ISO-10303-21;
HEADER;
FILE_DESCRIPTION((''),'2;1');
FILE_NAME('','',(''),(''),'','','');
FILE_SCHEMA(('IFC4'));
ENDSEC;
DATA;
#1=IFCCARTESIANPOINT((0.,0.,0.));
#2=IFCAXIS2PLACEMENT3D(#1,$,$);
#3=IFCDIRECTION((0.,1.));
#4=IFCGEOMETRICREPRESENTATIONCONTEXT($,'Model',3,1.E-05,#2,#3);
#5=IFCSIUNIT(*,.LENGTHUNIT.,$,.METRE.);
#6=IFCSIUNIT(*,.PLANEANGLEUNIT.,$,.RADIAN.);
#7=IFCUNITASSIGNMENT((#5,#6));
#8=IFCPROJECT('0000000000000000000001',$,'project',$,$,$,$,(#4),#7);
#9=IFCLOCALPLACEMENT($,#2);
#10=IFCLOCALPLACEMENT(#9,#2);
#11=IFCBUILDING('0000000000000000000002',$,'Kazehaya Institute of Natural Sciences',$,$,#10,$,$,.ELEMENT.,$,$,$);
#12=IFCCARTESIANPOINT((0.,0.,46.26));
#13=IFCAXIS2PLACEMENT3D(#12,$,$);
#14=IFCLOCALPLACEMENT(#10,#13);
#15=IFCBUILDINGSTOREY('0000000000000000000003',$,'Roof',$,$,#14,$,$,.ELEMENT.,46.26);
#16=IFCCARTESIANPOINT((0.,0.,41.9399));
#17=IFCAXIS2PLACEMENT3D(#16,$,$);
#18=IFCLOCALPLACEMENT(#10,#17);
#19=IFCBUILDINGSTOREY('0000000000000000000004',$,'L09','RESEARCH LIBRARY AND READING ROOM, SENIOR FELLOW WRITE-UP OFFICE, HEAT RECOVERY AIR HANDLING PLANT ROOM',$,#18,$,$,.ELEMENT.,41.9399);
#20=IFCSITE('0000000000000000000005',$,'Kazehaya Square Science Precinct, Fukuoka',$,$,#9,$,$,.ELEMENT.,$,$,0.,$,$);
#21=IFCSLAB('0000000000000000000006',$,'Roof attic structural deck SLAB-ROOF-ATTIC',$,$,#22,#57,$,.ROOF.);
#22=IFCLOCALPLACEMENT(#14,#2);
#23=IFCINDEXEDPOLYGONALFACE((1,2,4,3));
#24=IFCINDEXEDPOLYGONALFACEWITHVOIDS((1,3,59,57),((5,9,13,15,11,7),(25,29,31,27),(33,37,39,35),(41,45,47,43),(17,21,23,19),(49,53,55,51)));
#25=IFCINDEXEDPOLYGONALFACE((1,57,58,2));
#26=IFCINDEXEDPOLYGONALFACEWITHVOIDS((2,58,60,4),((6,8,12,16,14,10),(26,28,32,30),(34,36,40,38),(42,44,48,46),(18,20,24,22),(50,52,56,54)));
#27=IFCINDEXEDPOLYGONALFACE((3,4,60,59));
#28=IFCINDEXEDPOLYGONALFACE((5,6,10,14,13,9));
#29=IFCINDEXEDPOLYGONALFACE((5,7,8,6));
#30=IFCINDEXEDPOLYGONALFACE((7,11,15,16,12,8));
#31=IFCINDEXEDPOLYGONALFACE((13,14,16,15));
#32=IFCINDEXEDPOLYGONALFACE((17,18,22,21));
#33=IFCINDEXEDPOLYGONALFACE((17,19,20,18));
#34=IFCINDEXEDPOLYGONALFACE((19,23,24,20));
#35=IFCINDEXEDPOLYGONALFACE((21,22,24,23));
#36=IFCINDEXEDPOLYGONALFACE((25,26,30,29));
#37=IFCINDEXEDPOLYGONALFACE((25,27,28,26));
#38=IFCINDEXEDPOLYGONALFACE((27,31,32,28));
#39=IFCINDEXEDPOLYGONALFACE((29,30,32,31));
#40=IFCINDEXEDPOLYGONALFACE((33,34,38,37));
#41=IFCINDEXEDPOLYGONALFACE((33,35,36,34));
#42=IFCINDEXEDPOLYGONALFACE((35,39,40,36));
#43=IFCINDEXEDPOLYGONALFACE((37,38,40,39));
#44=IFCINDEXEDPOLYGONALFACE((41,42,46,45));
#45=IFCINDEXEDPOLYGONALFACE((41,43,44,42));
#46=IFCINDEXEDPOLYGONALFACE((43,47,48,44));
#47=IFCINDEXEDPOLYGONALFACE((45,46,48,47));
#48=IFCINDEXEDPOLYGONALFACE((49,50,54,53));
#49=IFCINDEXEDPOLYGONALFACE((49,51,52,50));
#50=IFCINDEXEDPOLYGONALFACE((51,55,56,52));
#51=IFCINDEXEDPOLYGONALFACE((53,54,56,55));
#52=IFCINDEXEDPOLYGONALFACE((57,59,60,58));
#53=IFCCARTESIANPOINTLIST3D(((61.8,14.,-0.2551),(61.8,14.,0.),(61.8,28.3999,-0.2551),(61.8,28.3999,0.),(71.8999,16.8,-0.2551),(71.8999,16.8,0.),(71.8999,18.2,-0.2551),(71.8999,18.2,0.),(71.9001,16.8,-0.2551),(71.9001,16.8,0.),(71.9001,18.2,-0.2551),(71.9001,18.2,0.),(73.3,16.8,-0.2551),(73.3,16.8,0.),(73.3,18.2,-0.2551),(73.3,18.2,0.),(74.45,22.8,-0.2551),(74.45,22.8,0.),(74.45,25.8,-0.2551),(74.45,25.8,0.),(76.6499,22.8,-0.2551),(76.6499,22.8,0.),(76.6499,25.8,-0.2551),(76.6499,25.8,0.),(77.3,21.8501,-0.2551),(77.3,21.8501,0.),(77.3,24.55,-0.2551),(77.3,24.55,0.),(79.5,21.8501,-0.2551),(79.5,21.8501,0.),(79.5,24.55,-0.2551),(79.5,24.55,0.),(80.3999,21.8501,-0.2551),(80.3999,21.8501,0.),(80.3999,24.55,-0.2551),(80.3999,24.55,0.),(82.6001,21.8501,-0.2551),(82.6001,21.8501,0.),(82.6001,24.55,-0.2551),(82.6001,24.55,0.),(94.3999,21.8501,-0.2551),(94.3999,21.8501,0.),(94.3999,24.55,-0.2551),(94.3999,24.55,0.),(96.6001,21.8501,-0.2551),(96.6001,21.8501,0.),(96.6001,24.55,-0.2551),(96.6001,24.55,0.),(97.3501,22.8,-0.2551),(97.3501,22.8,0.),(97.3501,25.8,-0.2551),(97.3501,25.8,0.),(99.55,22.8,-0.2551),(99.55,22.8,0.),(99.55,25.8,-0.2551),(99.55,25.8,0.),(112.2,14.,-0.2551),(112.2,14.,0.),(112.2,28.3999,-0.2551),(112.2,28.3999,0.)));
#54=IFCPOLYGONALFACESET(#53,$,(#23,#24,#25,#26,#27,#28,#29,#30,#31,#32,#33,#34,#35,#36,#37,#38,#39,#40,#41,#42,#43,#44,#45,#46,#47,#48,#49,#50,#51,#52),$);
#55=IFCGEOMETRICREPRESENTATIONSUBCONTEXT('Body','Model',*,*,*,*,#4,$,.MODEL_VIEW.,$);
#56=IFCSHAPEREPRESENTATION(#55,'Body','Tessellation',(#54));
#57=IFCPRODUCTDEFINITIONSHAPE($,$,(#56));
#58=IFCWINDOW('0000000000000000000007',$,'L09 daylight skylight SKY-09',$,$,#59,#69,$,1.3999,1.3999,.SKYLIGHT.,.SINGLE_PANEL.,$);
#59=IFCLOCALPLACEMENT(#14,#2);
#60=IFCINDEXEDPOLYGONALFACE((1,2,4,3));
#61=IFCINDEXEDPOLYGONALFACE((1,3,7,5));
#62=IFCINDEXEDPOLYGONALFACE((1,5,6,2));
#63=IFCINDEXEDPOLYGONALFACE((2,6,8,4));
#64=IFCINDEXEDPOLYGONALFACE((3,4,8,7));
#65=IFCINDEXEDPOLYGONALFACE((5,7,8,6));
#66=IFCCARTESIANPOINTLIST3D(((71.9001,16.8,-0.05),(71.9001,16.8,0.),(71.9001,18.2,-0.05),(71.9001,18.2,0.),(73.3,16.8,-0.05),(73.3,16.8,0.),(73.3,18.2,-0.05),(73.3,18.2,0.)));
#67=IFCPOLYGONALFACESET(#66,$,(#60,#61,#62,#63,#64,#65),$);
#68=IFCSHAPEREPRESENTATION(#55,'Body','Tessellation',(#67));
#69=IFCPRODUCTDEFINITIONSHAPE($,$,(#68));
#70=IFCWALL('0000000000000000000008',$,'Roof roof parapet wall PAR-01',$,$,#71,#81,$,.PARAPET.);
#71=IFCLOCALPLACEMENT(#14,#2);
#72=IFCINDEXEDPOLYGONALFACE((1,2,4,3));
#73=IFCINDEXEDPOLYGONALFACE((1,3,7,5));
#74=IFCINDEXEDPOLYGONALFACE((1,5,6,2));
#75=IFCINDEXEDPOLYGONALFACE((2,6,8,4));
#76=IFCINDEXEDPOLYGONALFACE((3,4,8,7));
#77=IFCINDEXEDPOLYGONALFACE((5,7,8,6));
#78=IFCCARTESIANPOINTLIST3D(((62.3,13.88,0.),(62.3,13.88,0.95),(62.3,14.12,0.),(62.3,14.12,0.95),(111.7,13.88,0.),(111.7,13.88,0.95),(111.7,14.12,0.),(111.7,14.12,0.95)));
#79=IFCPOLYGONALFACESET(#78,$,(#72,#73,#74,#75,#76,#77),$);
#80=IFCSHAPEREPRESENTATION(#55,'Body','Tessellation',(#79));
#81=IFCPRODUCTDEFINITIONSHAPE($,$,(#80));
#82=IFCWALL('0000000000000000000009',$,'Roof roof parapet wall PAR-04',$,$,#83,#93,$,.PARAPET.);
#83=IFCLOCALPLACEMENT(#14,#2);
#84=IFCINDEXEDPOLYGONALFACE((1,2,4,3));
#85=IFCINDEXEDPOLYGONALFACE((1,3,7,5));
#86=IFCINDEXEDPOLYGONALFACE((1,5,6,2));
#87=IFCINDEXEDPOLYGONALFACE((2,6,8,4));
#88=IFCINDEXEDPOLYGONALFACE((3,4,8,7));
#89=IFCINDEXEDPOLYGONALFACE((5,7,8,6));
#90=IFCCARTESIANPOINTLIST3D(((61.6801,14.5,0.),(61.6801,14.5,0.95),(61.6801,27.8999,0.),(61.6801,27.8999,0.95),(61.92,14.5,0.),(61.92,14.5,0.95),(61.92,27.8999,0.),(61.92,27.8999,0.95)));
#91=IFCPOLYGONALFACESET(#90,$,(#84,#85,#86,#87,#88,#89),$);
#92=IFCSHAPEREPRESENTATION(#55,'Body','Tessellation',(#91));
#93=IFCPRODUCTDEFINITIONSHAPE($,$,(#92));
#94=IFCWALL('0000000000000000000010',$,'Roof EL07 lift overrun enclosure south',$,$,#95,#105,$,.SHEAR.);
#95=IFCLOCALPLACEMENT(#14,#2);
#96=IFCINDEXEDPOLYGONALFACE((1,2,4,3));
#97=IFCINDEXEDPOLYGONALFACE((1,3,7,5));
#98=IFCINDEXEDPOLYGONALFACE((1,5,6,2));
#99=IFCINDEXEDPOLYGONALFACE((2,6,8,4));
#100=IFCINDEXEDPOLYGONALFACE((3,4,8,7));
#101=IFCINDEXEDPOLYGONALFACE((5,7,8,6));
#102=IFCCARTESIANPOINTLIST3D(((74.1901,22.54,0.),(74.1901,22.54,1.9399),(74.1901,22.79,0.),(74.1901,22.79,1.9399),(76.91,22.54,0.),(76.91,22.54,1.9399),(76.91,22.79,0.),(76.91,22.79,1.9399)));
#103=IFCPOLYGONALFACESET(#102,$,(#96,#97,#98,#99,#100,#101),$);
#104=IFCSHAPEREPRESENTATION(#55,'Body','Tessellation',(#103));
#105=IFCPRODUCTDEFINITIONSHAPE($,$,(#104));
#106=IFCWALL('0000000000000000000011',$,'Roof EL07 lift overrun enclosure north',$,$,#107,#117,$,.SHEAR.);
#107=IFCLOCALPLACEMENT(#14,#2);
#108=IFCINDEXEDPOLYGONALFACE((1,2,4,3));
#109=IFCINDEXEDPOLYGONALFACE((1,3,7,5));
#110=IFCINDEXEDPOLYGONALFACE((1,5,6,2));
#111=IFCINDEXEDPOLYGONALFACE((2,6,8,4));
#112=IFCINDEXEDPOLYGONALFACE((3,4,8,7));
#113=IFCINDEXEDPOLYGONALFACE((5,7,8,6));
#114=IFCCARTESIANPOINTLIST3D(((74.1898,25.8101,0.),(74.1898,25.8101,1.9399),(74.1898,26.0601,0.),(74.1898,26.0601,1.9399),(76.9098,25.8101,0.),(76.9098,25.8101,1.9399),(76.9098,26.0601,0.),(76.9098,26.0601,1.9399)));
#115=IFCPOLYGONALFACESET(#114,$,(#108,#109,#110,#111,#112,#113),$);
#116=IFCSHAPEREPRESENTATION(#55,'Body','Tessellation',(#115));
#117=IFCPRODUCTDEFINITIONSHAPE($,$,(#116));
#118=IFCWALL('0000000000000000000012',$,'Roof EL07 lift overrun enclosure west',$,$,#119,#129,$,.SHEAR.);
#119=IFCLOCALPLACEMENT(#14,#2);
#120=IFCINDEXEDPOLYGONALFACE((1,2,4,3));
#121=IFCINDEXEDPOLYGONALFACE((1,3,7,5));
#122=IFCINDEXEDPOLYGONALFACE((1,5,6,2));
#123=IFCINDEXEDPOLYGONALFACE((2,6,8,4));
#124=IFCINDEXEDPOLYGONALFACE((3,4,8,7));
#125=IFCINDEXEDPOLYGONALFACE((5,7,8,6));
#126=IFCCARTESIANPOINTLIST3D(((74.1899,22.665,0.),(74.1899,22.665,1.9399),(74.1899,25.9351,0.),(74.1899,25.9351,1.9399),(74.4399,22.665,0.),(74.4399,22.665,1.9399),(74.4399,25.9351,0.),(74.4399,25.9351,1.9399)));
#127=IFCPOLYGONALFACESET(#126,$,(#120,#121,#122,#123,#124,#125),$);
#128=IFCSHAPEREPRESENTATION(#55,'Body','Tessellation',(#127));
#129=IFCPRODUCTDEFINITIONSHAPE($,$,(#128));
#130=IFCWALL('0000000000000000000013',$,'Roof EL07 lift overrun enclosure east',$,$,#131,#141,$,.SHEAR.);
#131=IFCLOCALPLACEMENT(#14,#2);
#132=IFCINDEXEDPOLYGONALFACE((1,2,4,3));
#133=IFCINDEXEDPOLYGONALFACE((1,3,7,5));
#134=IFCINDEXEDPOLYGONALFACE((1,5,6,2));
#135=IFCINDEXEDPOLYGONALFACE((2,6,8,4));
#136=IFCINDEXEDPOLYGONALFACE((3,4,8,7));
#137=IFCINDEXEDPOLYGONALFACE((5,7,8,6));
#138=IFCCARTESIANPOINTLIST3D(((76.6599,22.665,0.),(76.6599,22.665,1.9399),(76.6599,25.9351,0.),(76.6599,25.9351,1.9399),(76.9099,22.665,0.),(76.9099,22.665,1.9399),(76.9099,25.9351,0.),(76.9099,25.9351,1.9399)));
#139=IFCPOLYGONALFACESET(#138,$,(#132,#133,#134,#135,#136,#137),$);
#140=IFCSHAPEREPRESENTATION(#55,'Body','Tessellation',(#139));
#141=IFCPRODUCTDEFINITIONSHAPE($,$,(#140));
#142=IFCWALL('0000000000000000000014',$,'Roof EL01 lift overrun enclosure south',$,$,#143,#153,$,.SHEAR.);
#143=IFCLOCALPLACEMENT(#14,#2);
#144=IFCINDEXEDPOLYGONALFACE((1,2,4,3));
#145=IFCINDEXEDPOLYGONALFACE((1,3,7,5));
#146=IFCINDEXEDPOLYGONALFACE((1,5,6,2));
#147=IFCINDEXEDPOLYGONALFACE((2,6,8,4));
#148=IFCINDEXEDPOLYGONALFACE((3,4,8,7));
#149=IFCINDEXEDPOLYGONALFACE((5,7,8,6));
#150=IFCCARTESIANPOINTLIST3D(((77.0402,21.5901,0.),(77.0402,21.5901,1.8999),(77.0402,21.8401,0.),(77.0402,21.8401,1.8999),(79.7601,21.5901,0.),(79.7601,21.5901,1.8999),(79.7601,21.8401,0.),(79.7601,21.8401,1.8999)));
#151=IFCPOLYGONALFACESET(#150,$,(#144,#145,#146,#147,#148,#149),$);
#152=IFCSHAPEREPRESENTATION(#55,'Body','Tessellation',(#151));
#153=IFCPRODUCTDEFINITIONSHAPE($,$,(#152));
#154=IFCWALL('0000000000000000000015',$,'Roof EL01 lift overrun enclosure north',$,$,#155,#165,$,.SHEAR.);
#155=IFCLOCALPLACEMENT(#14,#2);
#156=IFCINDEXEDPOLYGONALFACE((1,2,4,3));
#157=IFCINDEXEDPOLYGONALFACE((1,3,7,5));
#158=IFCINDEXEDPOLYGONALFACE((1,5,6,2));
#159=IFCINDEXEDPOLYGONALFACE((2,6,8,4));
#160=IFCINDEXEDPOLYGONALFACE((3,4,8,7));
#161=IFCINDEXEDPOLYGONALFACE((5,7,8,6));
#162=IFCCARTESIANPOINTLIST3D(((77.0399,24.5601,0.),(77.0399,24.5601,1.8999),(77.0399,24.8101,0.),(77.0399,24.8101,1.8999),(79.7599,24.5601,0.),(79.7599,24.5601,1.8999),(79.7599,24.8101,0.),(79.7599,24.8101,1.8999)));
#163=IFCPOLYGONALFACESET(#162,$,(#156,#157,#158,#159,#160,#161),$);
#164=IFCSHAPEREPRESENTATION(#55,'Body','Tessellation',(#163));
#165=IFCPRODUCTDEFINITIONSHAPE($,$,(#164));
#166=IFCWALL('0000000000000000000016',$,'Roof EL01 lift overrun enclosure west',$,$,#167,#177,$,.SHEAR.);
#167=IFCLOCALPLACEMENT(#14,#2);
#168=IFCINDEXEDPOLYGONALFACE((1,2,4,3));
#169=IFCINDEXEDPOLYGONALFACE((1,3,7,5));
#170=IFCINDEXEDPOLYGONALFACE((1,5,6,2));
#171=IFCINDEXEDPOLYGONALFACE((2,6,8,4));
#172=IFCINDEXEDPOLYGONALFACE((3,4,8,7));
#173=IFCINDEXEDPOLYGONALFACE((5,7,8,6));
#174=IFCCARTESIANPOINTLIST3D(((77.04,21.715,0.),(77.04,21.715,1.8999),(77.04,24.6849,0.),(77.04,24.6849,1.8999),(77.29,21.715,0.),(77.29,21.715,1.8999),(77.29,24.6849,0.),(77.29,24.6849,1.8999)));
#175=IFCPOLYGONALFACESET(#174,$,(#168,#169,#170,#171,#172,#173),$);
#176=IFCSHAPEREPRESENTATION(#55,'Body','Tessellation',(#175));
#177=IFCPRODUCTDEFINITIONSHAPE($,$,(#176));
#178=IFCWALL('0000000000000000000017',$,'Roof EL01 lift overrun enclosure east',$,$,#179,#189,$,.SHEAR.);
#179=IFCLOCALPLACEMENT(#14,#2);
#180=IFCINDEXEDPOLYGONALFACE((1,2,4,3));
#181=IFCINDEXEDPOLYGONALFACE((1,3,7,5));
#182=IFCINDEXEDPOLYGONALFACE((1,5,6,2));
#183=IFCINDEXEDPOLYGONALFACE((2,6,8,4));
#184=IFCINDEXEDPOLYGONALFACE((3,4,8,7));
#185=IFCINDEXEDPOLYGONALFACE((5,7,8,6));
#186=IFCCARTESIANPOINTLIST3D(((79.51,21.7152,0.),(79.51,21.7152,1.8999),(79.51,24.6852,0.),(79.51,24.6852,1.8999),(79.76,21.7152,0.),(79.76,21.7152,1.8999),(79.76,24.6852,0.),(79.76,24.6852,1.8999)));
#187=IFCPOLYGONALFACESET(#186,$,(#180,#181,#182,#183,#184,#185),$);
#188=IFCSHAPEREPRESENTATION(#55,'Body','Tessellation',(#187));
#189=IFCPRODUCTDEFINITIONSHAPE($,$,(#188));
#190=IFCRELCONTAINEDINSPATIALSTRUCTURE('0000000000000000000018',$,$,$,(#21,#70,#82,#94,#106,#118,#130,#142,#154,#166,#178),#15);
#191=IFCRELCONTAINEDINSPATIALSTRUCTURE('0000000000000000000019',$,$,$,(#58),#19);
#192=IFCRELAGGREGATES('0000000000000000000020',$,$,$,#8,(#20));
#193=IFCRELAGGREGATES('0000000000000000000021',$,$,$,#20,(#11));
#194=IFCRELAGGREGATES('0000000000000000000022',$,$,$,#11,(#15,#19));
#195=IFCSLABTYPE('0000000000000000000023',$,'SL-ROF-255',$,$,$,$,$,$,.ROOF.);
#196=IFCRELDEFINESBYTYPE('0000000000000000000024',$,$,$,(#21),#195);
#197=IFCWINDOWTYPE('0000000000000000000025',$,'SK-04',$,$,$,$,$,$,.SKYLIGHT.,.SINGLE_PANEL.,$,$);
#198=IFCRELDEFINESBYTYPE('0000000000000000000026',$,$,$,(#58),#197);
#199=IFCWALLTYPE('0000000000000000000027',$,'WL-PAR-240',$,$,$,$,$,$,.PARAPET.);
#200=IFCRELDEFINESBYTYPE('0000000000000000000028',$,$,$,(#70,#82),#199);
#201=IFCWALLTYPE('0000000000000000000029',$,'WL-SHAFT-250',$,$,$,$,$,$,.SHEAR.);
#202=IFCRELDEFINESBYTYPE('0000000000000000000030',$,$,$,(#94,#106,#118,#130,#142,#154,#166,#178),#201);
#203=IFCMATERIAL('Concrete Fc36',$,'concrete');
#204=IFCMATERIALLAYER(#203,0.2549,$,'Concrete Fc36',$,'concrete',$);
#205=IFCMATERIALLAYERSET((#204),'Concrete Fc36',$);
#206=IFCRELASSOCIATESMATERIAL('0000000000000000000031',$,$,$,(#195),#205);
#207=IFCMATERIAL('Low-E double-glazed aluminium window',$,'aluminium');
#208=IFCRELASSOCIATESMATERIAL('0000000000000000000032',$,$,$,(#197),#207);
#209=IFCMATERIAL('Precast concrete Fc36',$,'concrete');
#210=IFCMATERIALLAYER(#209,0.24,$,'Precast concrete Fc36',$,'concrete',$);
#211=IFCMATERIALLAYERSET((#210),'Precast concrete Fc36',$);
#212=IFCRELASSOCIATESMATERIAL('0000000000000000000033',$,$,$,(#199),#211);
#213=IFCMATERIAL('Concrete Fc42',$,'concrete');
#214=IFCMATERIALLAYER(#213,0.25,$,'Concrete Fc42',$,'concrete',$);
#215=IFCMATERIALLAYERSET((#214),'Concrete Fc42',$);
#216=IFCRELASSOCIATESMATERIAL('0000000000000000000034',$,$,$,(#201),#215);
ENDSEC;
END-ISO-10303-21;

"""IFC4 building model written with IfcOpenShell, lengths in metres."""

from ifc_helpers import new_model, si_unit, direction, frame, frame_2d, origin, origin_2d, place, context, subcontext, project, spatial, polyline, rectangle, outline, extrude, material, layer, layer_set, type_object, element, fill, save


model = new_model("IFC4")

# Units and contexts
model_context = context("Model", 3, precision=1e-05, world=origin(), true_north=direction((0.0, 1.0)))
body_context = subcontext(model_context, "Body", "Model", "MODEL_VIEW")
ifc_project = project(units=[si_unit("LENGTHUNIT", "METRE"), si_unit("PLANEANGLEUNIT", "RADIAN")], contexts=[model_context])

# Site, building, storey
site_placement = place(None, origin())
site = spatial("IfcSite", under=ifc_project, at=site_placement, Name="Kazehaya Square Science Precinct, Fukuoka", CompositionType="ELEMENT", RefElevation=0.0)
building_placement = place(site_placement, origin())
building = spatial("IfcBuilding", under=site, at=building_placement, Name="Kazehaya Institute of Natural Sciences", CompositionType="ELEMENT")
storey_1_placement = place(building_placement, frame((0.0, 0.0, 46.26)))
storey_1 = spatial("IfcBuildingStorey", under=building, at=storey_1_placement, Name="Roof", CompositionType="ELEMENT", Elevation=46.26)

# Shared definitions
ifc_material_1 = material(Name="Concrete Fc36", Category="concrete")

# Slab, opening
ifc_layer_1 = layer(ifc_material_1, 0.2549, Name="Concrete Fc36", Category="concrete")
ifc_layer_set_1 = layer_set([ifc_layer_1], Name="Concrete Fc36")
slab_type_1 = type_object("IfcSlabType", Name="SL-ROF-255", PredefinedType="ROOF", material=ifc_layer_set_1)
slab_1_placement = place(storey_1_placement, frame((0.0, 0.0, -0.2551)))
slab_1 = element("IfcSlab", 1, at=slab_1_placement, inside=storey_1, type_object=slab_type_1, Name="Roof attic structural deck SLAB-ROOF-ATTIC", PredefinedType="ROOF", context=body_context, shape_type="SweptSolid", body=[
    extrude(outline(polyline([(61.8, 14.0), (112.2, 14.0), (112.2, 28.3999), (61.8, 28.3999), (61.8, 14.0)]), holes=[polyline([(74.45, 22.8), (76.6499, 22.8), (76.6499, 25.8), (74.45, 25.8), (74.45, 22.8)]), polyline([(97.3501, 22.8), (99.55, 22.8), (99.55, 25.8), (97.3501, 25.8), (97.3501, 22.8)]), polyline([(77.3, 21.8501), (79.5, 21.8501), (79.5, 24.55), (77.3, 24.55), (77.3, 21.8501)]), polyline([(80.3999, 21.8501), (82.6001, 21.8501), (82.6001, 24.55), (80.3999, 24.55), (80.3999, 21.8501)]), polyline([(94.3999, 21.8501), (96.6001, 21.8501), (96.6001, 24.55), (94.3999, 24.55), (94.3999, 21.8501)]), polyline([(71.8999, 16.8), (73.3, 16.8), (73.3, 18.2), (71.8999, 18.2), (71.8999, 16.8)])]), origin(), (0.0, 0.0, 1.0), 0.2551),
])
opening_placement = place(slab_1_placement, frame((72.6001, 17.5, 0.0)))
opening = element("IfcOpeningElement", 2, at=opening_placement, cuts=slab_1, PredefinedType="OPENING", context=body_context, shape_type="SweptSolid", body=[
    extrude(rectangle(XDim=1.3999, YDim=1.3999, at=origin_2d()), frame((0.0, 0.0, -0.01)), (0.0, 0.0, 1.0), 0.2751),
])

# Shared definitions
storey_2_placement = place(building_placement, frame((0.0, 0.0, 41.9399)))
storey_2 = spatial("IfcBuildingStorey", under=building, at=storey_2_placement, Name="L09", Description="RESEARCH LIBRARY AND READING ROOM, SENIOR FELLOW WRITE-UP OFFICE, HEAT RECOVERY AIR HANDLING PLANT ROOM", CompositionType="ELEMENT", Elevation=41.9399)

# Window
ifc_material_2 = material(Name="Low-E double-glazed aluminium window", Category="aluminium")
window_type = type_object("IfcWindowType", Name="SK-04", PartitioningType="SINGLE_PANEL", PredefinedType="SKYLIGHT", material=ifc_material_2)
window_placement = place(opening_placement, frame((0.0, 0.0, 0.2051)))
window = element("IfcWindow", 3, at=window_placement, inside=storey_2, type_object=window_type, Name="L09 daylight skylight SKY-09", OverallHeight=1.3999, OverallWidth=1.3999, PartitioningType="SINGLE_PANEL", PredefinedType="SKYLIGHT", context=body_context, shape_type="SweptSolid", body=[
    extrude(rectangle(XDim=1.3999, YDim=1.3999, at=origin_2d()), origin(), (0.0, 0.0, 1.0), 0.05),
])
fill(opening, window)

# Walls
ifc_material_3 = material(Name="Precast concrete Fc36", Category="concrete")
ifc_layer_2 = layer(ifc_material_3, 0.24, Name="Precast concrete Fc36", Category="concrete")
ifc_layer_set_2 = layer_set([ifc_layer_2], Name="Precast concrete Fc36")
wall_type_1 = type_object("IfcWallType", Name="WL-PAR-240", PredefinedType="PARAPET", material=ifc_layer_set_2)
wall_1_placement = place(storey_1_placement, frame((62.3, 14.0, 0.0), z_axis=(0.0, 0.0, 1.0), x_axis=(1.0, 0.0, 0.0)))
element("IfcWall", 4, at=wall_1_placement, inside=storey_1, type_object=wall_type_1, Name="Roof roof parapet wall PAR-01", PredefinedType="PARAPET", context=body_context, shape_type="SweptSolid", body=[
    extrude(rectangle(XDim=49.3999, YDim=0.24, at=frame_2d((24.7, 0.0))), origin(), (0.0, 0.0, 1.0), 0.95),
])
wall_2_placement = place(storey_1_placement, frame((61.8, 27.8999, 0.0), z_axis=(0.0, 0.0, 1.0), x_axis=(0.0, -1.0, 0.0)))
element("IfcWall", 5, at=wall_2_placement, inside=storey_1, type_object=wall_type_1, Name="Roof roof parapet wall PAR-04", PredefinedType="PARAPET", context=body_context, shape_type="SweptSolid", body=[
    extrude(rectangle(XDim=13.3999, YDim=0.24, at=frame_2d((6.7, 0.0))), origin(), (0.0, 0.0, 1.0), 0.95),
])
ifc_material_4 = material(Name="Concrete Fc42", Category="concrete")
ifc_layer_3 = layer(ifc_material_4, 0.25, Name="Concrete Fc42", Category="concrete")
ifc_layer_set_3 = layer_set([ifc_layer_3], Name="Concrete Fc42")
wall_type_2 = type_object("IfcWallType", Name="WL-SHAFT-250", PredefinedType="SHEAR", material=ifc_layer_set_3)
for number, where, z_axis, x_axis, name in (
    (6, (76.9099, 22.665, 0.0), (0.0, 0.0, 1.0), (-1.0, 0.0, 0.0), "Roof EL07 lift overrun enclosure south"),
    (7, (74.1899, 25.9351, 0.0), (0.0, 0.0, 1.0), (1.0, 0.0, 0.0), "Roof EL07 lift overrun enclosure north"),
):
    element("IfcWall", number, at=place(storey_1_placement, frame(where, z_axis=z_axis, x_axis=x_axis)), inside=storey_1, type_object=wall_type_2, Name=name, PredefinedType="SHEAR", context=body_context, shape_type="SweptSolid", body=[
        extrude(rectangle(XDim=2.72, YDim=0.25, at=frame_2d((1.3599, 0.0))), origin(), (0.0, 0.0, 1.0), 1.9399),
    ])
for number, where, z_axis, x_axis, name in (
    (8, (74.3149, 22.665, 0.0), (0.0, 0.0, 1.0), (0.0, 1.0, 0.0), "Roof EL07 lift overrun enclosure west"),
    (9, (76.7849, 25.9351, 0.0), (0.0, 0.0, 1.0), (0.0, -1.0, 0.0), "Roof EL07 lift overrun enclosure east"),
):
    element("IfcWall", number, at=place(storey_1_placement, frame(where, z_axis=z_axis, x_axis=x_axis)), inside=storey_1, type_object=wall_type_2, Name=name, PredefinedType="SHEAR", context=body_context, shape_type="SweptSolid", body=[
        extrude(rectangle(XDim=3.27, YDim=0.25, at=frame_2d((1.635, 0.0))), origin(), (0.0, 0.0, 1.0), 1.9399),
    ])
for number, where, z_axis, x_axis, name in (
    (10, (79.76, 21.7151, 0.0), (0.0, 0.0, 1.0), (-1.0, 0.0, 0.0), "Roof EL01 lift overrun enclosure south"),
    (11, (77.04, 24.6851, 0.0), (0.0, 0.0, 1.0), (1.0, 0.0, 0.0), "Roof EL01 lift overrun enclosure north"),
):
    element("IfcWall", number, at=place(storey_1_placement, frame(where, z_axis=z_axis, x_axis=x_axis)), inside=storey_1, type_object=wall_type_2, Name=name, PredefinedType="SHEAR", context=body_context, shape_type="SweptSolid", body=[
        extrude(rectangle(XDim=2.72, YDim=0.25, at=frame_2d((1.3599, 0.0))), origin(), (0.0, 0.0, 1.0), 1.8999),
    ])
for number, where, z_axis, x_axis, name in (
    (12, (77.165, 21.7151, 0.0), (0.0, 0.0, 1.0), (0.0, 1.0, 0.0), "Roof EL01 lift overrun enclosure west"),
    (13, (79.635, 24.6851, 0.0), (0.0, 0.0, 1.0), (0.0, -1.0, 0.0), "Roof EL01 lift overrun enclosure east"),
):
    element("IfcWall", number, at=place(storey_1_placement, frame(where, z_axis=z_axis, x_axis=x_axis)), inside=storey_1, type_object=wall_type_2, Name=name, PredefinedType="SHEAR", context=body_context, shape_type="SweptSolid", body=[
        extrude(rectangle(XDim=2.97, YDim=0.25, at=frame_2d((1.4849, 0.0))), origin(), (0.0, 0.0, 1.0), 1.8999),
    ])

save(model, "model.ifc")
